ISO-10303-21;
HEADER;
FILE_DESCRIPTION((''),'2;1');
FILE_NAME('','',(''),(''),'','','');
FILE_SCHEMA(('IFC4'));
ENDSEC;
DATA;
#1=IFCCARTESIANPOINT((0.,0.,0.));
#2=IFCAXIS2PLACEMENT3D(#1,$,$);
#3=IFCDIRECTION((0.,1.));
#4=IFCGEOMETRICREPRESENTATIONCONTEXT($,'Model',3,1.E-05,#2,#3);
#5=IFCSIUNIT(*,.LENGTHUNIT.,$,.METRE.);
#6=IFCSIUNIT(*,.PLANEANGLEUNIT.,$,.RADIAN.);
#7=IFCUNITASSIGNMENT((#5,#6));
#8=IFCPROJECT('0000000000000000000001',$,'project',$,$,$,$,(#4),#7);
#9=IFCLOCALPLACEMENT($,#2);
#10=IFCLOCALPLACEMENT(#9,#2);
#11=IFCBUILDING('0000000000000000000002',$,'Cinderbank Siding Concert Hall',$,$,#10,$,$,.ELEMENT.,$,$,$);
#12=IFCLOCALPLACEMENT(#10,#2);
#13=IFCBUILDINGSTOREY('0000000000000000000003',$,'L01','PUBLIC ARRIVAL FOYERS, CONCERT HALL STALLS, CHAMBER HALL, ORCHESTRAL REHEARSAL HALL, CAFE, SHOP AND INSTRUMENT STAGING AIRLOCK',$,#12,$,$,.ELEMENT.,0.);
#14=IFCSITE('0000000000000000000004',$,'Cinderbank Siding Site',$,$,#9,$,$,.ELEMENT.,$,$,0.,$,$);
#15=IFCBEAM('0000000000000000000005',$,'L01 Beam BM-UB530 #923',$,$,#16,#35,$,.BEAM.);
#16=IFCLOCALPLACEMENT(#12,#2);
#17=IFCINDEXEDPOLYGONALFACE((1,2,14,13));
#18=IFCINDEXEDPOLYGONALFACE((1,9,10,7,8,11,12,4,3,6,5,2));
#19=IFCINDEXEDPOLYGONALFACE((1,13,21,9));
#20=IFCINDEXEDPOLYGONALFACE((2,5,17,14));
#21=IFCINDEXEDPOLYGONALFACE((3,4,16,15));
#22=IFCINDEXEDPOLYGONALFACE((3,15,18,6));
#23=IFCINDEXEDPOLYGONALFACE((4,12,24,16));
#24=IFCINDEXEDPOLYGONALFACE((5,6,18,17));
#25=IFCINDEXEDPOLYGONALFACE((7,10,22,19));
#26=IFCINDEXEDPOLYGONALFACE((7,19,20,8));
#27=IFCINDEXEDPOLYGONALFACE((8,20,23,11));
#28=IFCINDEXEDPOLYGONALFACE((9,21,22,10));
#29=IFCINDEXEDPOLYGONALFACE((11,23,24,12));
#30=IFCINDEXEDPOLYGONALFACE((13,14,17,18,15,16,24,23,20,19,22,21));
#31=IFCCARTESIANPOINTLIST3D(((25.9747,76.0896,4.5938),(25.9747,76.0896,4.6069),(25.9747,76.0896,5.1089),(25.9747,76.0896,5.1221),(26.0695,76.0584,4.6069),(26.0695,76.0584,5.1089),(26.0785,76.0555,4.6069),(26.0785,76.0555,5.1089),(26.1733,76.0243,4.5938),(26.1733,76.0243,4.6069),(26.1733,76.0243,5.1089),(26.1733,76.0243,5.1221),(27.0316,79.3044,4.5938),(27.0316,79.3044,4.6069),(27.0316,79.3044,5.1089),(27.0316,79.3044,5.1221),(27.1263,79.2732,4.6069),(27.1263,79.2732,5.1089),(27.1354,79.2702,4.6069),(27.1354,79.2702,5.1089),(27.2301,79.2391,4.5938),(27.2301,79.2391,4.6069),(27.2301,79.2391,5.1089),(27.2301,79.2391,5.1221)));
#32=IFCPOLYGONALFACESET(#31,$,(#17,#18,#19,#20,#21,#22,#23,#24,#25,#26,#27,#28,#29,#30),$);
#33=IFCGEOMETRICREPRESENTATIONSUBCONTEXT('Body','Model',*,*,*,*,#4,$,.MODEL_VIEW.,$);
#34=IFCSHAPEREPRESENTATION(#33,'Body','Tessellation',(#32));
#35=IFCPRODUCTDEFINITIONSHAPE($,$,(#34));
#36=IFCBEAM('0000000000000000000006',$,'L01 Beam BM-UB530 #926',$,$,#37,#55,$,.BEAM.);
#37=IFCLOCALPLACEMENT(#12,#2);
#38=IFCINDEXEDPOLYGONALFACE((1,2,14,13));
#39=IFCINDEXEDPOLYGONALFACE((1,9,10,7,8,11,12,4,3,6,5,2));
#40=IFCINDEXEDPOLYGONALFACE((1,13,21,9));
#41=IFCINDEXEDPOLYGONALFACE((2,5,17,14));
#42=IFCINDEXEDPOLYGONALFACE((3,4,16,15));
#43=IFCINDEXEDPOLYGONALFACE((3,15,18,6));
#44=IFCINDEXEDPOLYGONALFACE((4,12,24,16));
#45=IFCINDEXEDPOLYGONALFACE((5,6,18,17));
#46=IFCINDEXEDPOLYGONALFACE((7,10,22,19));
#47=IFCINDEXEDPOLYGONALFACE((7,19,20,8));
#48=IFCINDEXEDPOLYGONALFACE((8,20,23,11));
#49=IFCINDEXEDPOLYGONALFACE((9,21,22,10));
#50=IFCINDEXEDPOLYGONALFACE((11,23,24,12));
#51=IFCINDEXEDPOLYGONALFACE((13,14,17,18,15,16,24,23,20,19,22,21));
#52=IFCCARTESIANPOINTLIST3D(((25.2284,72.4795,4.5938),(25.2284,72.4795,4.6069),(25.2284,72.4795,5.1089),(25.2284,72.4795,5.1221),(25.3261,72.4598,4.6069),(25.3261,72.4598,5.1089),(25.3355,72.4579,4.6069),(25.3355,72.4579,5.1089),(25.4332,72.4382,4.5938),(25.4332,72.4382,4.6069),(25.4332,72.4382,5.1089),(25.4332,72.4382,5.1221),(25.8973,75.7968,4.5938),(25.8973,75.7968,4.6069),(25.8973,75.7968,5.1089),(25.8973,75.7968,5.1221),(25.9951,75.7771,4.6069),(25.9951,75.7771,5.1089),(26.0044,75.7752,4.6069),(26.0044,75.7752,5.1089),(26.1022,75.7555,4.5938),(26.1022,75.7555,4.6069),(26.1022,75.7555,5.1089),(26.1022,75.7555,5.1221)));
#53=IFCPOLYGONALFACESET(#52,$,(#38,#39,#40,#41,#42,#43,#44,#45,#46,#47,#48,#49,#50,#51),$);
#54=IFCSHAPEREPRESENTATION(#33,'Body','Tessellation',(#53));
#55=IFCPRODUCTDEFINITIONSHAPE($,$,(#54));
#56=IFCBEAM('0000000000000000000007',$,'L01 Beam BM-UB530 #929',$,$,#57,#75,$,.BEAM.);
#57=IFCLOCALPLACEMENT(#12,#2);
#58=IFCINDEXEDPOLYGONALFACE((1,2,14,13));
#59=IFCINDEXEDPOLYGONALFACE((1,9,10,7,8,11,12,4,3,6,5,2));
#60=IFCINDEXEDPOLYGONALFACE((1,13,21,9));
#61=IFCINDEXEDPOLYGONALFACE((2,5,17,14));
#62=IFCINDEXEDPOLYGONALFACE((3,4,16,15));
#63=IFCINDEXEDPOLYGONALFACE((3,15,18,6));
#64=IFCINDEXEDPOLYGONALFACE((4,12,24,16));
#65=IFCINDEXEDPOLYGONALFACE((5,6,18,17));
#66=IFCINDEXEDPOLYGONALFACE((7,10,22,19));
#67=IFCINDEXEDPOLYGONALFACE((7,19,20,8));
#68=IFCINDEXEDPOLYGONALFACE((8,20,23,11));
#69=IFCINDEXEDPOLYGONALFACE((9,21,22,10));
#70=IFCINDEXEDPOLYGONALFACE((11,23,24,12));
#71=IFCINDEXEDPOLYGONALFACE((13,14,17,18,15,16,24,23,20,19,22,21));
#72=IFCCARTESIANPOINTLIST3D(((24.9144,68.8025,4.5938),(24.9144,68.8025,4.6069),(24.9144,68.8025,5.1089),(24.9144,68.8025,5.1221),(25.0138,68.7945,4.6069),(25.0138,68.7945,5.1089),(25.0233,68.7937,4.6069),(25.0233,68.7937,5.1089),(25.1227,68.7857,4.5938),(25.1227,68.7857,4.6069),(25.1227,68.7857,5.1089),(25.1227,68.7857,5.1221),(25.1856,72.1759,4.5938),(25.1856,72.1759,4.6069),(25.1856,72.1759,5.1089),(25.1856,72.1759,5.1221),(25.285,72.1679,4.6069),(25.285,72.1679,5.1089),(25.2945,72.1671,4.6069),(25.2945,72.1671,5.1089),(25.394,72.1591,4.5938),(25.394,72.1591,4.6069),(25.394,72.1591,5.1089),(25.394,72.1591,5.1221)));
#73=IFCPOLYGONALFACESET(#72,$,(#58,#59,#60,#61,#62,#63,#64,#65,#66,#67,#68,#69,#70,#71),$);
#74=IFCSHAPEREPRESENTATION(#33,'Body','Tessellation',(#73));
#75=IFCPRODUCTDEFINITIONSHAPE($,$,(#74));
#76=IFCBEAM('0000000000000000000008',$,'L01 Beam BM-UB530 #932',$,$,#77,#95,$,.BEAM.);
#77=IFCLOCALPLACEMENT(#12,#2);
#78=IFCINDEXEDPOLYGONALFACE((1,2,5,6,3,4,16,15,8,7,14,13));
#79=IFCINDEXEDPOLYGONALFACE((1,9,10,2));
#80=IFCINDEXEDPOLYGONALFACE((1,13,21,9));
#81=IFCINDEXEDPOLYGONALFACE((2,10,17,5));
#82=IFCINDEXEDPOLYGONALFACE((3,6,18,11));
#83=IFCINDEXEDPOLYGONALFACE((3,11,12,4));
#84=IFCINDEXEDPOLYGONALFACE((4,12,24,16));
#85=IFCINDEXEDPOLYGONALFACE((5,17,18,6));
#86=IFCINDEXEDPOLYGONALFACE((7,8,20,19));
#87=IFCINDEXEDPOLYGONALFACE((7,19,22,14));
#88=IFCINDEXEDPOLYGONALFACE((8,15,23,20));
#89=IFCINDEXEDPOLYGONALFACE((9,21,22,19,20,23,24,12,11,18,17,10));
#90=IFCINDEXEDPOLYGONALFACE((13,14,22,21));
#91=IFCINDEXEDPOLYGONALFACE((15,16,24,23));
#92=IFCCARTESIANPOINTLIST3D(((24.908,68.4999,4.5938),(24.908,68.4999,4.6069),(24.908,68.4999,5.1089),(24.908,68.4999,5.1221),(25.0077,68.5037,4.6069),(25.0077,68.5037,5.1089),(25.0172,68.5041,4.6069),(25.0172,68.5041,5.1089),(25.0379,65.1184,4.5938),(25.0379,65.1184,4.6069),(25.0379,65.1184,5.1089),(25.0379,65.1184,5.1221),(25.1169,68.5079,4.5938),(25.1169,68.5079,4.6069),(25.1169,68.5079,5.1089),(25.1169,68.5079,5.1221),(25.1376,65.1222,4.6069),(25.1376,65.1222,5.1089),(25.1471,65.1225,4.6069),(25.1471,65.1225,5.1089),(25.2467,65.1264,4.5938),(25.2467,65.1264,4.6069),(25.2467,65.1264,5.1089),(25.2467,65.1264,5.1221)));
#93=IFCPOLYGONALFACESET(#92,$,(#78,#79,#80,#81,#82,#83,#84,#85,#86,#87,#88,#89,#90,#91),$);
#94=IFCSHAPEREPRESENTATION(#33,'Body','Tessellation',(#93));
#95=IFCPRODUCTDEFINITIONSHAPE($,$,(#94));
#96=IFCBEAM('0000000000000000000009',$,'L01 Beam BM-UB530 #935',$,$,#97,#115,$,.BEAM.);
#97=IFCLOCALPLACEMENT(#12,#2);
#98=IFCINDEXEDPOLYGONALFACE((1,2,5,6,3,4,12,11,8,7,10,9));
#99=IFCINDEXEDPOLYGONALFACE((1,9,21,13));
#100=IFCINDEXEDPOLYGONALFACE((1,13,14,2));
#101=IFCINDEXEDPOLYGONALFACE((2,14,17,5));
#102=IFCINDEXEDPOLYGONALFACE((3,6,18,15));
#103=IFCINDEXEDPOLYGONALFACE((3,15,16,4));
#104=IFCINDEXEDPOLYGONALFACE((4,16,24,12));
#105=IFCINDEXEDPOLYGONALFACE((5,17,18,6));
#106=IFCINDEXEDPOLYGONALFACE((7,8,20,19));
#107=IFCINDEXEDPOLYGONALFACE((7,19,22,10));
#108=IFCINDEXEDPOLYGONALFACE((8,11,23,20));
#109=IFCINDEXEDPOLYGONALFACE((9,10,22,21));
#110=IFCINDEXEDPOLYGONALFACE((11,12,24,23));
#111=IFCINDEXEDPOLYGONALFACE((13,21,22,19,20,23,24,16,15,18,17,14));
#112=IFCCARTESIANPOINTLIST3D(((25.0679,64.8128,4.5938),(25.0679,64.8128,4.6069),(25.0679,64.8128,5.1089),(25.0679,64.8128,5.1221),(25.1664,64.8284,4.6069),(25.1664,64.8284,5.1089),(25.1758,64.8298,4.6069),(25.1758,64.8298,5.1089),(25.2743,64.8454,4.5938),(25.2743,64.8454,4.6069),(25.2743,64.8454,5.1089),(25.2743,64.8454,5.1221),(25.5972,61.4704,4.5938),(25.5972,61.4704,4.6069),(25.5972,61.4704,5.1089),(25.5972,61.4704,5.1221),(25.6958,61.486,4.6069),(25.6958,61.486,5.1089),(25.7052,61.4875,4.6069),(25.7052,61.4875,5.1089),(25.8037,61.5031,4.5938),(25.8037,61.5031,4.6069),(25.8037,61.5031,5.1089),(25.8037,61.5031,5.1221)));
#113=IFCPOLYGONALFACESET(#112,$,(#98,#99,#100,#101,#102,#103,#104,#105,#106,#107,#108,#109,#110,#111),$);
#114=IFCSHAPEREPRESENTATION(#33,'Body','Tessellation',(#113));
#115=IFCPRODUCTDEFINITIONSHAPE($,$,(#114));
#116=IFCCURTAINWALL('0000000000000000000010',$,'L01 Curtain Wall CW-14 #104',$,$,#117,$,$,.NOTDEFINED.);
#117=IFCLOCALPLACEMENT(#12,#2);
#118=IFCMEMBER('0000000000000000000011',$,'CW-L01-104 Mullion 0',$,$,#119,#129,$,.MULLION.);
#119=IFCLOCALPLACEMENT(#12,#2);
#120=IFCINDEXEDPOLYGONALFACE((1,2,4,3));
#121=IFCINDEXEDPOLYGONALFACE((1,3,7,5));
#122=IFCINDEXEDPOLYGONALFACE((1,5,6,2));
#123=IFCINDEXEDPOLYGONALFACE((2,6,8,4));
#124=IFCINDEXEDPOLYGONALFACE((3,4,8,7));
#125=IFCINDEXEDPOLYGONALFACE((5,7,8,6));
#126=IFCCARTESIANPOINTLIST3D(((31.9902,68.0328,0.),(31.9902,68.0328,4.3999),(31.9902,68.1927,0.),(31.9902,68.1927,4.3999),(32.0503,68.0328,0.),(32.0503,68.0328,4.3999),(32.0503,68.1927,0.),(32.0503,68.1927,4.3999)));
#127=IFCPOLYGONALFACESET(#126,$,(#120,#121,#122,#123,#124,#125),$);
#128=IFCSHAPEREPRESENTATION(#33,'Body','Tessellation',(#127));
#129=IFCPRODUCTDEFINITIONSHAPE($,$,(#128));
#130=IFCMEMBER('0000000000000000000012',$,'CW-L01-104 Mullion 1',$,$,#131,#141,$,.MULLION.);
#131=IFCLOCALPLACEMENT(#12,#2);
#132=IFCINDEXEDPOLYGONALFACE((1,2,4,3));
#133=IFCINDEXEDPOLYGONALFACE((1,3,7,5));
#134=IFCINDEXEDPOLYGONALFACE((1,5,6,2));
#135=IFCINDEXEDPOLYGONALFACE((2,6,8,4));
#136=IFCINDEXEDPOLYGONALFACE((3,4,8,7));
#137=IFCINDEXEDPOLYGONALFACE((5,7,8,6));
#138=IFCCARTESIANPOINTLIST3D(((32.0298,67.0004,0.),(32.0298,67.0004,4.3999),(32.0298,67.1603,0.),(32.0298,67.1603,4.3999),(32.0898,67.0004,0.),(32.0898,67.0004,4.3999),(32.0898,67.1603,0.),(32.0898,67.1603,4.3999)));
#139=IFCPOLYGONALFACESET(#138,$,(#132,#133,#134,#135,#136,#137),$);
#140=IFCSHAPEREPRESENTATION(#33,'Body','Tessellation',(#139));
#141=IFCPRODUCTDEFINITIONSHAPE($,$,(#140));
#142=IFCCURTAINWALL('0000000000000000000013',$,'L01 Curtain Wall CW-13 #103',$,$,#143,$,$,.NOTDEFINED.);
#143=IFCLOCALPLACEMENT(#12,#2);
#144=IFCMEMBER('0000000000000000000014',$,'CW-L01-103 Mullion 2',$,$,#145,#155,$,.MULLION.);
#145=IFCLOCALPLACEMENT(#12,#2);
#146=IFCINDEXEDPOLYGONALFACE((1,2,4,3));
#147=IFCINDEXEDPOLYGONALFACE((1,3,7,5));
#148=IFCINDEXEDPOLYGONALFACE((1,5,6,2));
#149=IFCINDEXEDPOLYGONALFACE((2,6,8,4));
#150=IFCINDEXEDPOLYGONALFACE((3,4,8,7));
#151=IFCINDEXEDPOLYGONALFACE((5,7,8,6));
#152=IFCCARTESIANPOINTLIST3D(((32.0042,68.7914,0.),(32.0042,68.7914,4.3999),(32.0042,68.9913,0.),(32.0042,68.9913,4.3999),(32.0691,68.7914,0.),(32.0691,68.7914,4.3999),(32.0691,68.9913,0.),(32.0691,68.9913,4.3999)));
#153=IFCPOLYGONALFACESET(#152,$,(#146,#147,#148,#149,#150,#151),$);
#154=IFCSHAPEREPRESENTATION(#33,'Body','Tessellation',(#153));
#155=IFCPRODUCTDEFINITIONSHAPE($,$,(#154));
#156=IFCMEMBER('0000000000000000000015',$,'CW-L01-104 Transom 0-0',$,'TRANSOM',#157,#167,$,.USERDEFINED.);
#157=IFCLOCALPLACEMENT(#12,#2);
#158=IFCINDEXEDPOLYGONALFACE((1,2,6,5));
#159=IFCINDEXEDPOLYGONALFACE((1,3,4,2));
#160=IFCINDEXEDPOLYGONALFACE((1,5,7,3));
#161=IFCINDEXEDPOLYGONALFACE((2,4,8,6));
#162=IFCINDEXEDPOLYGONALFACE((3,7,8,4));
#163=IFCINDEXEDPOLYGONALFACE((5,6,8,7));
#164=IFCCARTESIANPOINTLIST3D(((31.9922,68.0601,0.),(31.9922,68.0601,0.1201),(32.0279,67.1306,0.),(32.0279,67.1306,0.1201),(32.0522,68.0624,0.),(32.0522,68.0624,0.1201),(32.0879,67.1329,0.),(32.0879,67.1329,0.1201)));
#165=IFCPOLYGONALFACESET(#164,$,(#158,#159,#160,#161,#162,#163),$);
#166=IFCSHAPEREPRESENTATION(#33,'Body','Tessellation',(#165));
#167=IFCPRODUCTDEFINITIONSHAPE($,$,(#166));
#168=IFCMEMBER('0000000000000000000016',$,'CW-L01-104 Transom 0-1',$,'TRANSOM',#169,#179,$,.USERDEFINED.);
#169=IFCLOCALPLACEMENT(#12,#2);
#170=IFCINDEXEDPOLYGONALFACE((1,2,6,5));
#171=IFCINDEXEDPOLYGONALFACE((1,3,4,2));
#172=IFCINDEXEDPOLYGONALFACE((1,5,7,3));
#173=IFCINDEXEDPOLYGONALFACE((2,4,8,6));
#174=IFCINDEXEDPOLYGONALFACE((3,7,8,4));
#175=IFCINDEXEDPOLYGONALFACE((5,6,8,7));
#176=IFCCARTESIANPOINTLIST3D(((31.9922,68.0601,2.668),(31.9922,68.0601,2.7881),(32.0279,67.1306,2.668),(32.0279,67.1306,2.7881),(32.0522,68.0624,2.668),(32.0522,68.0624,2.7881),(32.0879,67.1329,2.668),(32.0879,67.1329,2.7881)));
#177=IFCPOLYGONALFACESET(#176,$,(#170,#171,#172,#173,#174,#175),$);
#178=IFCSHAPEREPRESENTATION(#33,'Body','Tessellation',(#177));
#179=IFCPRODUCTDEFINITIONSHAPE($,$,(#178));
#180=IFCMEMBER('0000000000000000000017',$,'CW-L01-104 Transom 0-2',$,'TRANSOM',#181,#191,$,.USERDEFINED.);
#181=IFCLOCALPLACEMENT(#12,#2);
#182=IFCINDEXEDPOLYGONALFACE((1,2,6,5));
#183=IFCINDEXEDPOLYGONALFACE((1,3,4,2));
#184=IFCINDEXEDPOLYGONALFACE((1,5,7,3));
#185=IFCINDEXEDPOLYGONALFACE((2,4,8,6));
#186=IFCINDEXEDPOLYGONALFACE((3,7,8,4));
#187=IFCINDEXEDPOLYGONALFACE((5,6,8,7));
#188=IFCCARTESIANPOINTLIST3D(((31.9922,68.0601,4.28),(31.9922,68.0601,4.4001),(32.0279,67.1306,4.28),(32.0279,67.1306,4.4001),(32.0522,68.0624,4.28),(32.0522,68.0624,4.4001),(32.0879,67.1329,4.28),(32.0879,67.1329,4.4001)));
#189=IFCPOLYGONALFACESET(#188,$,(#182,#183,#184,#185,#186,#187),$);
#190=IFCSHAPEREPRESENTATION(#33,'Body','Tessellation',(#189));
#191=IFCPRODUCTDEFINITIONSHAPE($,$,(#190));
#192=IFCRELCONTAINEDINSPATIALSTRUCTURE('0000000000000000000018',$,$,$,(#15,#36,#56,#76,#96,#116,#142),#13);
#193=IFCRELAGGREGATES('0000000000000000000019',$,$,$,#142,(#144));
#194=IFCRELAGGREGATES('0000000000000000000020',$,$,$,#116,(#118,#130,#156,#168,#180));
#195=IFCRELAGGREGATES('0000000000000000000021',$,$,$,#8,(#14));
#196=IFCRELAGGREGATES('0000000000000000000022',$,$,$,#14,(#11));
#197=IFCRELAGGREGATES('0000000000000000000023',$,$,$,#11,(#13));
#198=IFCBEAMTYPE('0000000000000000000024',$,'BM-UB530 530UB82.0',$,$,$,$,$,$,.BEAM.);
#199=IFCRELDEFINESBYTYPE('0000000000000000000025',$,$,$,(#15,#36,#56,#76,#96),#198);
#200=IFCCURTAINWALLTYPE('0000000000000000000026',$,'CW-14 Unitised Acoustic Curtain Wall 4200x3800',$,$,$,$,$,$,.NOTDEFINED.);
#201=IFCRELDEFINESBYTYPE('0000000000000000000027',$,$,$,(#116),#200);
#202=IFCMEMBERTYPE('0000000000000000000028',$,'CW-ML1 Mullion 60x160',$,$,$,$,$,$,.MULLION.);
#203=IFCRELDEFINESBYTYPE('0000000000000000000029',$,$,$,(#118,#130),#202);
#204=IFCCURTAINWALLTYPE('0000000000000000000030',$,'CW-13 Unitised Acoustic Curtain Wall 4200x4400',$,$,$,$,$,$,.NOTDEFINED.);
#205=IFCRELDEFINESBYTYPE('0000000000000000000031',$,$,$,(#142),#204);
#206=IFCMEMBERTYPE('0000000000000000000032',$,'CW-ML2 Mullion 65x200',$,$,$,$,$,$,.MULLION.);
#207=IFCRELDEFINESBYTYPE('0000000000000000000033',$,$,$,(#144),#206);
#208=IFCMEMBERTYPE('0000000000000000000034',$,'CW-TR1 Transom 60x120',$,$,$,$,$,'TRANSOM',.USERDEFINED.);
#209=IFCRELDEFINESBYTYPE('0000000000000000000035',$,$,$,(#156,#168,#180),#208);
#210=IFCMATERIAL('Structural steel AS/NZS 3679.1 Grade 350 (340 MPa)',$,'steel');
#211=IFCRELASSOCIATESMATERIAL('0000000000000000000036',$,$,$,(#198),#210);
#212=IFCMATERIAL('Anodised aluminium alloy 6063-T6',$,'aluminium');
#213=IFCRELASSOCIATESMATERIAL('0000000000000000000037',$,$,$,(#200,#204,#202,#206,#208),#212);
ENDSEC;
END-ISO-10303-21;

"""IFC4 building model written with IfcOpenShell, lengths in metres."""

from ifc_helpers import new_model, si_unit, direction, frame, origin, origin_2d, place, context, subcontext, project, spatial, rectangle, i_section, extrude, material, material_profile, profile_set, type_object, element, aggregate, save


model = new_model("IFC4")

# Units and contexts
model_context = context("Model", 3, precision=1e-05, world=origin(), true_north=direction((0.0, 1.0)))
body_context = subcontext(model_context, "Body", "Model", "MODEL_VIEW")
ifc_project = project(units=[si_unit("LENGTHUNIT", "METRE"), si_unit("PLANEANGLEUNIT", "RADIAN")], contexts=[model_context])

# Site, building, storey
site_placement = place(None, origin())
site = spatial("IfcSite", under=ifc_project, at=site_placement, Name="Cinderbank Siding Site", CompositionType="ELEMENT", RefElevation=0.0)
building_placement = place(site_placement, origin())
building = spatial("IfcBuilding", under=site, at=building_placement, Name="Cinderbank Siding Concert Hall", CompositionType="ELEMENT")
storey_placement = place(building_placement, origin())
storey = spatial("IfcBuildingStorey", under=building, at=storey_placement, Name="L01", Description="PUBLIC ARRIVAL FOYERS, CONCERT HALL STALLS, CHAMBER HALL, ORCHESTRAL REHEARSAL HALL, CAFE, SHOP AND INSTRUMENT STAGING AIRLOCK", CompositionType="ELEMENT", Elevation=0.0)

# Shared definitions
ifc_material_1 = material(Name="Structural steel AS/NZS 3679.1 Grade 350 (340 MPa)", Category="steel")

# Beams
ifc_material_profile_1 = material_profile(ifc_material_1, i_section(OverallWidth=0.209, OverallDepth=0.5283, WebThickness=0.0095, FlangeThickness=0.0132, at=origin_2d()), Name="530UB82.0", Category="LoadBearing")
ifc_profile_set_1 = profile_set([ifc_material_profile_1], Name="Structural steel AS/NZS 3679.1 Grade 350 (340 MPa)")
beam_type_1 = type_object("IfcBeamType", Name="BM-UB530 530UB82.0", PredefinedType="BEAM", material=ifc_profile_set_1)
for number, where, z_axis, x_axis, name in (
    (1, (27.1309, 79.2717, 4.8579), (-0.312308, -0.949981, 0.0), (0.949981, -0.312308, 0.0), "L01 Beam BM-UB530 #923"),
    (2, (25.9998, 75.7761, 4.8579), (-0.197684, -0.980266, 0.0), (0.980266, -0.197684, 0.0), "L01 Beam BM-UB530 #926"),
):
    element("IfcBeam", number, at=place(storey_placement, frame(where, z_axis=z_axis, x_axis=x_axis)), inside=storey, type_object=beam_type_1, Name=name, PredefinedType="BEAM", context=body_context, shape_type="SweptSolid", body=[
        extrude(i_section(OverallWidth=0.209, OverallDepth=0.5283, WebThickness=0.0095, FlangeThickness=0.0132, at=origin_2d()), origin(), (0.0, 0.0, 1.0), 3.384),
    ])
beam_1_placement = place(storey_placement, frame((25.2898, 72.1675, 4.8579), z_axis=(-0.08015, -0.996783, 0.0), x_axis=(0.996783, -0.08015, 0.0)))
element("IfcBeam", 3, at=beam_1_placement, inside=storey, type_object=beam_type_1, Name="L01 Beam BM-UB530 #929", PredefinedType="BEAM", context=body_context, shape_type="SweptSolid", body=[
    extrude(i_section(OverallWidth=0.209, OverallDepth=0.5283, WebThickness=0.0095, FlangeThickness=0.0132, at=origin_2d()), origin(), (0.0, 0.0, 1.0), 3.3843),
])
for number, where, z_axis, x_axis, name in (
    (4, (25.0125, 68.5039, 4.8579), (0.03838, -0.999263, 0.0), (0.999263, 0.03838, 0.0), "L01 Beam BM-UB530 #932"),
    (5, (25.1711, 64.8291, 4.8579), (0.156415, -0.987691, 0.0), (0.987691, 0.156415, 0.0), "L01 Beam BM-UB530 #935"),
):
    element("IfcBeam", number, at=place(storey_placement, frame(where, z_axis=z_axis, x_axis=x_axis)), inside=storey, type_object=beam_type_1, Name=name, PredefinedType="BEAM", context=body_context, shape_type="SweptSolid", body=[
        extrude(i_section(OverallWidth=0.209, OverallDepth=0.5283, WebThickness=0.0095, FlangeThickness=0.0132, at=origin_2d()), origin(), (0.0, 0.0, 1.0), 3.384),
    ])

# Curtain wall, members
ifc_material_2 = material(Name="Anodised aluminium alloy 6063-T6", Category="aluminium")
curtain_wall_type_1 = type_object("IfcCurtainWallType", Name="CW-14 Unitised Acoustic Curtain Wall 4200x3800", PredefinedType="NOTDEFINED", material=ifc_material_2)
curtain_wall_1_placement = place(storey_placement, origin())
curtain_wall_1 = element("IfcCurtainWall", 6, at=curtain_wall_1_placement, inside=storey, type_object=curtain_wall_type_1, Name="L01 Curtain Wall CW-14 #104", PredefinedType="NOTDEFINED")
ifc_material_profile_2 = material_profile(ifc_material_2, rectangle(XDim=0.0601, YDim=0.1599, at=origin_2d()), Name="ALU-MULL-60x160", Category="LoadBearing")
ifc_profile_set_2 = profile_set([ifc_material_profile_2], Name="Anodised aluminium alloy 6063-T6")
member_type_1 = type_object("IfcMemberType", Name="CW-ML1 Mullion 60x160", PredefinedType="MULLION", material=ifc_profile_set_2)
member_1_placement = place(storey_placement, frame((32.0203, 68.1128, 0.0), z_axis=(0.0, 0.0, 1.0), x_axis=(1.0, 0.0, 0.0)))
member_1 = element("IfcMember", 7, at=member_1_placement, type_object=member_type_1, Name="CW-L01-104 Mullion 0", PredefinedType="MULLION", context=body_context, shape_type="SweptSolid", body=[
    extrude(rectangle(XDim=0.0601, YDim=0.1599, at=origin_2d()), origin(), (0.0, 0.0, 1.0), 4.3999),
])
member_2_placement = place(storey_placement, frame((32.0598, 67.0803, 0.0), z_axis=(0.0, 0.0, 1.0), x_axis=(1.0, 0.0, 0.0)))
member_2 = element("IfcMember", 8, at=member_2_placement, type_object=member_type_1, Name="CW-L01-104 Mullion 1", PredefinedType="MULLION", context=body_context, shape_type="SweptSolid", body=[
    extrude(rectangle(XDim=0.0601, YDim=0.1599, at=origin_2d()), origin(), (0.0, 0.0, 1.0), 4.3999),
])

# Curtain wall, member
curtain_wall_type_2 = type_object("IfcCurtainWallType", Name="CW-13 Unitised Acoustic Curtain Wall 4200x4400", PredefinedType="NOTDEFINED", material=ifc_material_2)
curtain_wall_2_placement = place(storey_placement, origin())
curtain_wall_2 = element("IfcCurtainWall", 9, at=curtain_wall_2_placement, inside=storey, type_object=curtain_wall_type_2, Name="L01 Curtain Wall CW-13 #103", PredefinedType="NOTDEFINED")
ifc_material_profile_3 = material_profile(ifc_material_2, rectangle(XDim=0.0649, YDim=0.2, at=origin_2d()), Name="ALU-MULL-65x200", Category="LoadBearing")
ifc_profile_set_3 = profile_set([ifc_material_profile_3], Name="Anodised aluminium alloy 6063-T6")
member_type_2 = type_object("IfcMemberType", Name="CW-ML2 Mullion 65x200", PredefinedType="MULLION", material=ifc_profile_set_3)
member_3_placement = place(storey_placement, frame((32.0366, 68.8914, 0.0), z_axis=(0.0, 0.0, 1.0), x_axis=(1.0, 0.0, 0.0)))
member_3 = element("IfcMember", 10, at=member_3_placement, type_object=member_type_2, Name="CW-L01-103 Mullion 2", PredefinedType="MULLION", context=body_context, shape_type="SweptSolid", body=[
    extrude(rectangle(XDim=0.0649, YDim=0.2, at=origin_2d()), origin(), (0.0, 0.0, 1.0), 4.3999),
])
aggregate(curtain_wall_2, [member_3])

# Members
ifc_material_profile_4 = material_profile(ifc_material_2, rectangle(XDim=0.0601, YDim=0.1201, at=origin_2d()), Name="ALU-TRAN-60x120", Category="LoadBearing")
ifc_profile_set_4 = profile_set([ifc_material_profile_4], Name="Anodised aluminium alloy 6063-T6")
member_type_3 = type_object("IfcMemberType", Name="CW-TR1 Transom 60x120", ElementType="TRANSOM", PredefinedType="USERDEFINED", material=ifc_profile_set_4)
member_4_placement = place(storey_placement, frame((32.0222, 68.0613, 0.0601), z_axis=(0.038322, -0.999265, 0.0), x_axis=(0.999265, 0.038322, 0.0)))
member_4 = element("IfcMember", 11, at=member_4_placement, type_object=member_type_3, Name="CW-L01-104 Transom 0-0", ObjectType="TRANSOM", PredefinedType="USERDEFINED", context=body_context, shape_type="SweptSolid", body=[
    extrude(rectangle(XDim=0.0601, YDim=0.1201, at=origin_2d()), origin(), (0.0, 0.0, 1.0), 0.9302),
])
member_5_placement = place(storey_placement, frame((32.0222, 68.0613, 2.728), z_axis=(0.038322, -0.999265, 0.0), x_axis=(0.999265, 0.038322, 0.0)))
member_5 = element("IfcMember", 12, at=member_5_placement, type_object=member_type_3, Name="CW-L01-104 Transom 0-1", ObjectType="TRANSOM", PredefinedType="USERDEFINED", context=body_context, shape_type="SweptSolid", body=[
    extrude(rectangle(XDim=0.0601, YDim=0.1201, at=origin_2d()), origin(), (0.0, 0.0, 1.0), 0.9302),
])
member_6_placement = place(storey_placement, frame((32.0222, 68.0613, 4.3401), z_axis=(0.038322, -0.999265, 0.0), x_axis=(0.999265, 0.038322, 0.0)))
member_6 = element("IfcMember", 13, at=member_6_placement, type_object=member_type_3, Name="CW-L01-104 Transom 0-2", ObjectType="TRANSOM", PredefinedType="USERDEFINED", context=body_context, shape_type="SweptSolid", body=[
    extrude(rectangle(XDim=0.0601, YDim=0.1201, at=origin_2d()), origin(), (0.0, 0.0, 1.0), 0.9302),
])

aggregate(curtain_wall_1, [member_1, member_2, member_4, member_5, member_6])

save(model, "model.ifc")
